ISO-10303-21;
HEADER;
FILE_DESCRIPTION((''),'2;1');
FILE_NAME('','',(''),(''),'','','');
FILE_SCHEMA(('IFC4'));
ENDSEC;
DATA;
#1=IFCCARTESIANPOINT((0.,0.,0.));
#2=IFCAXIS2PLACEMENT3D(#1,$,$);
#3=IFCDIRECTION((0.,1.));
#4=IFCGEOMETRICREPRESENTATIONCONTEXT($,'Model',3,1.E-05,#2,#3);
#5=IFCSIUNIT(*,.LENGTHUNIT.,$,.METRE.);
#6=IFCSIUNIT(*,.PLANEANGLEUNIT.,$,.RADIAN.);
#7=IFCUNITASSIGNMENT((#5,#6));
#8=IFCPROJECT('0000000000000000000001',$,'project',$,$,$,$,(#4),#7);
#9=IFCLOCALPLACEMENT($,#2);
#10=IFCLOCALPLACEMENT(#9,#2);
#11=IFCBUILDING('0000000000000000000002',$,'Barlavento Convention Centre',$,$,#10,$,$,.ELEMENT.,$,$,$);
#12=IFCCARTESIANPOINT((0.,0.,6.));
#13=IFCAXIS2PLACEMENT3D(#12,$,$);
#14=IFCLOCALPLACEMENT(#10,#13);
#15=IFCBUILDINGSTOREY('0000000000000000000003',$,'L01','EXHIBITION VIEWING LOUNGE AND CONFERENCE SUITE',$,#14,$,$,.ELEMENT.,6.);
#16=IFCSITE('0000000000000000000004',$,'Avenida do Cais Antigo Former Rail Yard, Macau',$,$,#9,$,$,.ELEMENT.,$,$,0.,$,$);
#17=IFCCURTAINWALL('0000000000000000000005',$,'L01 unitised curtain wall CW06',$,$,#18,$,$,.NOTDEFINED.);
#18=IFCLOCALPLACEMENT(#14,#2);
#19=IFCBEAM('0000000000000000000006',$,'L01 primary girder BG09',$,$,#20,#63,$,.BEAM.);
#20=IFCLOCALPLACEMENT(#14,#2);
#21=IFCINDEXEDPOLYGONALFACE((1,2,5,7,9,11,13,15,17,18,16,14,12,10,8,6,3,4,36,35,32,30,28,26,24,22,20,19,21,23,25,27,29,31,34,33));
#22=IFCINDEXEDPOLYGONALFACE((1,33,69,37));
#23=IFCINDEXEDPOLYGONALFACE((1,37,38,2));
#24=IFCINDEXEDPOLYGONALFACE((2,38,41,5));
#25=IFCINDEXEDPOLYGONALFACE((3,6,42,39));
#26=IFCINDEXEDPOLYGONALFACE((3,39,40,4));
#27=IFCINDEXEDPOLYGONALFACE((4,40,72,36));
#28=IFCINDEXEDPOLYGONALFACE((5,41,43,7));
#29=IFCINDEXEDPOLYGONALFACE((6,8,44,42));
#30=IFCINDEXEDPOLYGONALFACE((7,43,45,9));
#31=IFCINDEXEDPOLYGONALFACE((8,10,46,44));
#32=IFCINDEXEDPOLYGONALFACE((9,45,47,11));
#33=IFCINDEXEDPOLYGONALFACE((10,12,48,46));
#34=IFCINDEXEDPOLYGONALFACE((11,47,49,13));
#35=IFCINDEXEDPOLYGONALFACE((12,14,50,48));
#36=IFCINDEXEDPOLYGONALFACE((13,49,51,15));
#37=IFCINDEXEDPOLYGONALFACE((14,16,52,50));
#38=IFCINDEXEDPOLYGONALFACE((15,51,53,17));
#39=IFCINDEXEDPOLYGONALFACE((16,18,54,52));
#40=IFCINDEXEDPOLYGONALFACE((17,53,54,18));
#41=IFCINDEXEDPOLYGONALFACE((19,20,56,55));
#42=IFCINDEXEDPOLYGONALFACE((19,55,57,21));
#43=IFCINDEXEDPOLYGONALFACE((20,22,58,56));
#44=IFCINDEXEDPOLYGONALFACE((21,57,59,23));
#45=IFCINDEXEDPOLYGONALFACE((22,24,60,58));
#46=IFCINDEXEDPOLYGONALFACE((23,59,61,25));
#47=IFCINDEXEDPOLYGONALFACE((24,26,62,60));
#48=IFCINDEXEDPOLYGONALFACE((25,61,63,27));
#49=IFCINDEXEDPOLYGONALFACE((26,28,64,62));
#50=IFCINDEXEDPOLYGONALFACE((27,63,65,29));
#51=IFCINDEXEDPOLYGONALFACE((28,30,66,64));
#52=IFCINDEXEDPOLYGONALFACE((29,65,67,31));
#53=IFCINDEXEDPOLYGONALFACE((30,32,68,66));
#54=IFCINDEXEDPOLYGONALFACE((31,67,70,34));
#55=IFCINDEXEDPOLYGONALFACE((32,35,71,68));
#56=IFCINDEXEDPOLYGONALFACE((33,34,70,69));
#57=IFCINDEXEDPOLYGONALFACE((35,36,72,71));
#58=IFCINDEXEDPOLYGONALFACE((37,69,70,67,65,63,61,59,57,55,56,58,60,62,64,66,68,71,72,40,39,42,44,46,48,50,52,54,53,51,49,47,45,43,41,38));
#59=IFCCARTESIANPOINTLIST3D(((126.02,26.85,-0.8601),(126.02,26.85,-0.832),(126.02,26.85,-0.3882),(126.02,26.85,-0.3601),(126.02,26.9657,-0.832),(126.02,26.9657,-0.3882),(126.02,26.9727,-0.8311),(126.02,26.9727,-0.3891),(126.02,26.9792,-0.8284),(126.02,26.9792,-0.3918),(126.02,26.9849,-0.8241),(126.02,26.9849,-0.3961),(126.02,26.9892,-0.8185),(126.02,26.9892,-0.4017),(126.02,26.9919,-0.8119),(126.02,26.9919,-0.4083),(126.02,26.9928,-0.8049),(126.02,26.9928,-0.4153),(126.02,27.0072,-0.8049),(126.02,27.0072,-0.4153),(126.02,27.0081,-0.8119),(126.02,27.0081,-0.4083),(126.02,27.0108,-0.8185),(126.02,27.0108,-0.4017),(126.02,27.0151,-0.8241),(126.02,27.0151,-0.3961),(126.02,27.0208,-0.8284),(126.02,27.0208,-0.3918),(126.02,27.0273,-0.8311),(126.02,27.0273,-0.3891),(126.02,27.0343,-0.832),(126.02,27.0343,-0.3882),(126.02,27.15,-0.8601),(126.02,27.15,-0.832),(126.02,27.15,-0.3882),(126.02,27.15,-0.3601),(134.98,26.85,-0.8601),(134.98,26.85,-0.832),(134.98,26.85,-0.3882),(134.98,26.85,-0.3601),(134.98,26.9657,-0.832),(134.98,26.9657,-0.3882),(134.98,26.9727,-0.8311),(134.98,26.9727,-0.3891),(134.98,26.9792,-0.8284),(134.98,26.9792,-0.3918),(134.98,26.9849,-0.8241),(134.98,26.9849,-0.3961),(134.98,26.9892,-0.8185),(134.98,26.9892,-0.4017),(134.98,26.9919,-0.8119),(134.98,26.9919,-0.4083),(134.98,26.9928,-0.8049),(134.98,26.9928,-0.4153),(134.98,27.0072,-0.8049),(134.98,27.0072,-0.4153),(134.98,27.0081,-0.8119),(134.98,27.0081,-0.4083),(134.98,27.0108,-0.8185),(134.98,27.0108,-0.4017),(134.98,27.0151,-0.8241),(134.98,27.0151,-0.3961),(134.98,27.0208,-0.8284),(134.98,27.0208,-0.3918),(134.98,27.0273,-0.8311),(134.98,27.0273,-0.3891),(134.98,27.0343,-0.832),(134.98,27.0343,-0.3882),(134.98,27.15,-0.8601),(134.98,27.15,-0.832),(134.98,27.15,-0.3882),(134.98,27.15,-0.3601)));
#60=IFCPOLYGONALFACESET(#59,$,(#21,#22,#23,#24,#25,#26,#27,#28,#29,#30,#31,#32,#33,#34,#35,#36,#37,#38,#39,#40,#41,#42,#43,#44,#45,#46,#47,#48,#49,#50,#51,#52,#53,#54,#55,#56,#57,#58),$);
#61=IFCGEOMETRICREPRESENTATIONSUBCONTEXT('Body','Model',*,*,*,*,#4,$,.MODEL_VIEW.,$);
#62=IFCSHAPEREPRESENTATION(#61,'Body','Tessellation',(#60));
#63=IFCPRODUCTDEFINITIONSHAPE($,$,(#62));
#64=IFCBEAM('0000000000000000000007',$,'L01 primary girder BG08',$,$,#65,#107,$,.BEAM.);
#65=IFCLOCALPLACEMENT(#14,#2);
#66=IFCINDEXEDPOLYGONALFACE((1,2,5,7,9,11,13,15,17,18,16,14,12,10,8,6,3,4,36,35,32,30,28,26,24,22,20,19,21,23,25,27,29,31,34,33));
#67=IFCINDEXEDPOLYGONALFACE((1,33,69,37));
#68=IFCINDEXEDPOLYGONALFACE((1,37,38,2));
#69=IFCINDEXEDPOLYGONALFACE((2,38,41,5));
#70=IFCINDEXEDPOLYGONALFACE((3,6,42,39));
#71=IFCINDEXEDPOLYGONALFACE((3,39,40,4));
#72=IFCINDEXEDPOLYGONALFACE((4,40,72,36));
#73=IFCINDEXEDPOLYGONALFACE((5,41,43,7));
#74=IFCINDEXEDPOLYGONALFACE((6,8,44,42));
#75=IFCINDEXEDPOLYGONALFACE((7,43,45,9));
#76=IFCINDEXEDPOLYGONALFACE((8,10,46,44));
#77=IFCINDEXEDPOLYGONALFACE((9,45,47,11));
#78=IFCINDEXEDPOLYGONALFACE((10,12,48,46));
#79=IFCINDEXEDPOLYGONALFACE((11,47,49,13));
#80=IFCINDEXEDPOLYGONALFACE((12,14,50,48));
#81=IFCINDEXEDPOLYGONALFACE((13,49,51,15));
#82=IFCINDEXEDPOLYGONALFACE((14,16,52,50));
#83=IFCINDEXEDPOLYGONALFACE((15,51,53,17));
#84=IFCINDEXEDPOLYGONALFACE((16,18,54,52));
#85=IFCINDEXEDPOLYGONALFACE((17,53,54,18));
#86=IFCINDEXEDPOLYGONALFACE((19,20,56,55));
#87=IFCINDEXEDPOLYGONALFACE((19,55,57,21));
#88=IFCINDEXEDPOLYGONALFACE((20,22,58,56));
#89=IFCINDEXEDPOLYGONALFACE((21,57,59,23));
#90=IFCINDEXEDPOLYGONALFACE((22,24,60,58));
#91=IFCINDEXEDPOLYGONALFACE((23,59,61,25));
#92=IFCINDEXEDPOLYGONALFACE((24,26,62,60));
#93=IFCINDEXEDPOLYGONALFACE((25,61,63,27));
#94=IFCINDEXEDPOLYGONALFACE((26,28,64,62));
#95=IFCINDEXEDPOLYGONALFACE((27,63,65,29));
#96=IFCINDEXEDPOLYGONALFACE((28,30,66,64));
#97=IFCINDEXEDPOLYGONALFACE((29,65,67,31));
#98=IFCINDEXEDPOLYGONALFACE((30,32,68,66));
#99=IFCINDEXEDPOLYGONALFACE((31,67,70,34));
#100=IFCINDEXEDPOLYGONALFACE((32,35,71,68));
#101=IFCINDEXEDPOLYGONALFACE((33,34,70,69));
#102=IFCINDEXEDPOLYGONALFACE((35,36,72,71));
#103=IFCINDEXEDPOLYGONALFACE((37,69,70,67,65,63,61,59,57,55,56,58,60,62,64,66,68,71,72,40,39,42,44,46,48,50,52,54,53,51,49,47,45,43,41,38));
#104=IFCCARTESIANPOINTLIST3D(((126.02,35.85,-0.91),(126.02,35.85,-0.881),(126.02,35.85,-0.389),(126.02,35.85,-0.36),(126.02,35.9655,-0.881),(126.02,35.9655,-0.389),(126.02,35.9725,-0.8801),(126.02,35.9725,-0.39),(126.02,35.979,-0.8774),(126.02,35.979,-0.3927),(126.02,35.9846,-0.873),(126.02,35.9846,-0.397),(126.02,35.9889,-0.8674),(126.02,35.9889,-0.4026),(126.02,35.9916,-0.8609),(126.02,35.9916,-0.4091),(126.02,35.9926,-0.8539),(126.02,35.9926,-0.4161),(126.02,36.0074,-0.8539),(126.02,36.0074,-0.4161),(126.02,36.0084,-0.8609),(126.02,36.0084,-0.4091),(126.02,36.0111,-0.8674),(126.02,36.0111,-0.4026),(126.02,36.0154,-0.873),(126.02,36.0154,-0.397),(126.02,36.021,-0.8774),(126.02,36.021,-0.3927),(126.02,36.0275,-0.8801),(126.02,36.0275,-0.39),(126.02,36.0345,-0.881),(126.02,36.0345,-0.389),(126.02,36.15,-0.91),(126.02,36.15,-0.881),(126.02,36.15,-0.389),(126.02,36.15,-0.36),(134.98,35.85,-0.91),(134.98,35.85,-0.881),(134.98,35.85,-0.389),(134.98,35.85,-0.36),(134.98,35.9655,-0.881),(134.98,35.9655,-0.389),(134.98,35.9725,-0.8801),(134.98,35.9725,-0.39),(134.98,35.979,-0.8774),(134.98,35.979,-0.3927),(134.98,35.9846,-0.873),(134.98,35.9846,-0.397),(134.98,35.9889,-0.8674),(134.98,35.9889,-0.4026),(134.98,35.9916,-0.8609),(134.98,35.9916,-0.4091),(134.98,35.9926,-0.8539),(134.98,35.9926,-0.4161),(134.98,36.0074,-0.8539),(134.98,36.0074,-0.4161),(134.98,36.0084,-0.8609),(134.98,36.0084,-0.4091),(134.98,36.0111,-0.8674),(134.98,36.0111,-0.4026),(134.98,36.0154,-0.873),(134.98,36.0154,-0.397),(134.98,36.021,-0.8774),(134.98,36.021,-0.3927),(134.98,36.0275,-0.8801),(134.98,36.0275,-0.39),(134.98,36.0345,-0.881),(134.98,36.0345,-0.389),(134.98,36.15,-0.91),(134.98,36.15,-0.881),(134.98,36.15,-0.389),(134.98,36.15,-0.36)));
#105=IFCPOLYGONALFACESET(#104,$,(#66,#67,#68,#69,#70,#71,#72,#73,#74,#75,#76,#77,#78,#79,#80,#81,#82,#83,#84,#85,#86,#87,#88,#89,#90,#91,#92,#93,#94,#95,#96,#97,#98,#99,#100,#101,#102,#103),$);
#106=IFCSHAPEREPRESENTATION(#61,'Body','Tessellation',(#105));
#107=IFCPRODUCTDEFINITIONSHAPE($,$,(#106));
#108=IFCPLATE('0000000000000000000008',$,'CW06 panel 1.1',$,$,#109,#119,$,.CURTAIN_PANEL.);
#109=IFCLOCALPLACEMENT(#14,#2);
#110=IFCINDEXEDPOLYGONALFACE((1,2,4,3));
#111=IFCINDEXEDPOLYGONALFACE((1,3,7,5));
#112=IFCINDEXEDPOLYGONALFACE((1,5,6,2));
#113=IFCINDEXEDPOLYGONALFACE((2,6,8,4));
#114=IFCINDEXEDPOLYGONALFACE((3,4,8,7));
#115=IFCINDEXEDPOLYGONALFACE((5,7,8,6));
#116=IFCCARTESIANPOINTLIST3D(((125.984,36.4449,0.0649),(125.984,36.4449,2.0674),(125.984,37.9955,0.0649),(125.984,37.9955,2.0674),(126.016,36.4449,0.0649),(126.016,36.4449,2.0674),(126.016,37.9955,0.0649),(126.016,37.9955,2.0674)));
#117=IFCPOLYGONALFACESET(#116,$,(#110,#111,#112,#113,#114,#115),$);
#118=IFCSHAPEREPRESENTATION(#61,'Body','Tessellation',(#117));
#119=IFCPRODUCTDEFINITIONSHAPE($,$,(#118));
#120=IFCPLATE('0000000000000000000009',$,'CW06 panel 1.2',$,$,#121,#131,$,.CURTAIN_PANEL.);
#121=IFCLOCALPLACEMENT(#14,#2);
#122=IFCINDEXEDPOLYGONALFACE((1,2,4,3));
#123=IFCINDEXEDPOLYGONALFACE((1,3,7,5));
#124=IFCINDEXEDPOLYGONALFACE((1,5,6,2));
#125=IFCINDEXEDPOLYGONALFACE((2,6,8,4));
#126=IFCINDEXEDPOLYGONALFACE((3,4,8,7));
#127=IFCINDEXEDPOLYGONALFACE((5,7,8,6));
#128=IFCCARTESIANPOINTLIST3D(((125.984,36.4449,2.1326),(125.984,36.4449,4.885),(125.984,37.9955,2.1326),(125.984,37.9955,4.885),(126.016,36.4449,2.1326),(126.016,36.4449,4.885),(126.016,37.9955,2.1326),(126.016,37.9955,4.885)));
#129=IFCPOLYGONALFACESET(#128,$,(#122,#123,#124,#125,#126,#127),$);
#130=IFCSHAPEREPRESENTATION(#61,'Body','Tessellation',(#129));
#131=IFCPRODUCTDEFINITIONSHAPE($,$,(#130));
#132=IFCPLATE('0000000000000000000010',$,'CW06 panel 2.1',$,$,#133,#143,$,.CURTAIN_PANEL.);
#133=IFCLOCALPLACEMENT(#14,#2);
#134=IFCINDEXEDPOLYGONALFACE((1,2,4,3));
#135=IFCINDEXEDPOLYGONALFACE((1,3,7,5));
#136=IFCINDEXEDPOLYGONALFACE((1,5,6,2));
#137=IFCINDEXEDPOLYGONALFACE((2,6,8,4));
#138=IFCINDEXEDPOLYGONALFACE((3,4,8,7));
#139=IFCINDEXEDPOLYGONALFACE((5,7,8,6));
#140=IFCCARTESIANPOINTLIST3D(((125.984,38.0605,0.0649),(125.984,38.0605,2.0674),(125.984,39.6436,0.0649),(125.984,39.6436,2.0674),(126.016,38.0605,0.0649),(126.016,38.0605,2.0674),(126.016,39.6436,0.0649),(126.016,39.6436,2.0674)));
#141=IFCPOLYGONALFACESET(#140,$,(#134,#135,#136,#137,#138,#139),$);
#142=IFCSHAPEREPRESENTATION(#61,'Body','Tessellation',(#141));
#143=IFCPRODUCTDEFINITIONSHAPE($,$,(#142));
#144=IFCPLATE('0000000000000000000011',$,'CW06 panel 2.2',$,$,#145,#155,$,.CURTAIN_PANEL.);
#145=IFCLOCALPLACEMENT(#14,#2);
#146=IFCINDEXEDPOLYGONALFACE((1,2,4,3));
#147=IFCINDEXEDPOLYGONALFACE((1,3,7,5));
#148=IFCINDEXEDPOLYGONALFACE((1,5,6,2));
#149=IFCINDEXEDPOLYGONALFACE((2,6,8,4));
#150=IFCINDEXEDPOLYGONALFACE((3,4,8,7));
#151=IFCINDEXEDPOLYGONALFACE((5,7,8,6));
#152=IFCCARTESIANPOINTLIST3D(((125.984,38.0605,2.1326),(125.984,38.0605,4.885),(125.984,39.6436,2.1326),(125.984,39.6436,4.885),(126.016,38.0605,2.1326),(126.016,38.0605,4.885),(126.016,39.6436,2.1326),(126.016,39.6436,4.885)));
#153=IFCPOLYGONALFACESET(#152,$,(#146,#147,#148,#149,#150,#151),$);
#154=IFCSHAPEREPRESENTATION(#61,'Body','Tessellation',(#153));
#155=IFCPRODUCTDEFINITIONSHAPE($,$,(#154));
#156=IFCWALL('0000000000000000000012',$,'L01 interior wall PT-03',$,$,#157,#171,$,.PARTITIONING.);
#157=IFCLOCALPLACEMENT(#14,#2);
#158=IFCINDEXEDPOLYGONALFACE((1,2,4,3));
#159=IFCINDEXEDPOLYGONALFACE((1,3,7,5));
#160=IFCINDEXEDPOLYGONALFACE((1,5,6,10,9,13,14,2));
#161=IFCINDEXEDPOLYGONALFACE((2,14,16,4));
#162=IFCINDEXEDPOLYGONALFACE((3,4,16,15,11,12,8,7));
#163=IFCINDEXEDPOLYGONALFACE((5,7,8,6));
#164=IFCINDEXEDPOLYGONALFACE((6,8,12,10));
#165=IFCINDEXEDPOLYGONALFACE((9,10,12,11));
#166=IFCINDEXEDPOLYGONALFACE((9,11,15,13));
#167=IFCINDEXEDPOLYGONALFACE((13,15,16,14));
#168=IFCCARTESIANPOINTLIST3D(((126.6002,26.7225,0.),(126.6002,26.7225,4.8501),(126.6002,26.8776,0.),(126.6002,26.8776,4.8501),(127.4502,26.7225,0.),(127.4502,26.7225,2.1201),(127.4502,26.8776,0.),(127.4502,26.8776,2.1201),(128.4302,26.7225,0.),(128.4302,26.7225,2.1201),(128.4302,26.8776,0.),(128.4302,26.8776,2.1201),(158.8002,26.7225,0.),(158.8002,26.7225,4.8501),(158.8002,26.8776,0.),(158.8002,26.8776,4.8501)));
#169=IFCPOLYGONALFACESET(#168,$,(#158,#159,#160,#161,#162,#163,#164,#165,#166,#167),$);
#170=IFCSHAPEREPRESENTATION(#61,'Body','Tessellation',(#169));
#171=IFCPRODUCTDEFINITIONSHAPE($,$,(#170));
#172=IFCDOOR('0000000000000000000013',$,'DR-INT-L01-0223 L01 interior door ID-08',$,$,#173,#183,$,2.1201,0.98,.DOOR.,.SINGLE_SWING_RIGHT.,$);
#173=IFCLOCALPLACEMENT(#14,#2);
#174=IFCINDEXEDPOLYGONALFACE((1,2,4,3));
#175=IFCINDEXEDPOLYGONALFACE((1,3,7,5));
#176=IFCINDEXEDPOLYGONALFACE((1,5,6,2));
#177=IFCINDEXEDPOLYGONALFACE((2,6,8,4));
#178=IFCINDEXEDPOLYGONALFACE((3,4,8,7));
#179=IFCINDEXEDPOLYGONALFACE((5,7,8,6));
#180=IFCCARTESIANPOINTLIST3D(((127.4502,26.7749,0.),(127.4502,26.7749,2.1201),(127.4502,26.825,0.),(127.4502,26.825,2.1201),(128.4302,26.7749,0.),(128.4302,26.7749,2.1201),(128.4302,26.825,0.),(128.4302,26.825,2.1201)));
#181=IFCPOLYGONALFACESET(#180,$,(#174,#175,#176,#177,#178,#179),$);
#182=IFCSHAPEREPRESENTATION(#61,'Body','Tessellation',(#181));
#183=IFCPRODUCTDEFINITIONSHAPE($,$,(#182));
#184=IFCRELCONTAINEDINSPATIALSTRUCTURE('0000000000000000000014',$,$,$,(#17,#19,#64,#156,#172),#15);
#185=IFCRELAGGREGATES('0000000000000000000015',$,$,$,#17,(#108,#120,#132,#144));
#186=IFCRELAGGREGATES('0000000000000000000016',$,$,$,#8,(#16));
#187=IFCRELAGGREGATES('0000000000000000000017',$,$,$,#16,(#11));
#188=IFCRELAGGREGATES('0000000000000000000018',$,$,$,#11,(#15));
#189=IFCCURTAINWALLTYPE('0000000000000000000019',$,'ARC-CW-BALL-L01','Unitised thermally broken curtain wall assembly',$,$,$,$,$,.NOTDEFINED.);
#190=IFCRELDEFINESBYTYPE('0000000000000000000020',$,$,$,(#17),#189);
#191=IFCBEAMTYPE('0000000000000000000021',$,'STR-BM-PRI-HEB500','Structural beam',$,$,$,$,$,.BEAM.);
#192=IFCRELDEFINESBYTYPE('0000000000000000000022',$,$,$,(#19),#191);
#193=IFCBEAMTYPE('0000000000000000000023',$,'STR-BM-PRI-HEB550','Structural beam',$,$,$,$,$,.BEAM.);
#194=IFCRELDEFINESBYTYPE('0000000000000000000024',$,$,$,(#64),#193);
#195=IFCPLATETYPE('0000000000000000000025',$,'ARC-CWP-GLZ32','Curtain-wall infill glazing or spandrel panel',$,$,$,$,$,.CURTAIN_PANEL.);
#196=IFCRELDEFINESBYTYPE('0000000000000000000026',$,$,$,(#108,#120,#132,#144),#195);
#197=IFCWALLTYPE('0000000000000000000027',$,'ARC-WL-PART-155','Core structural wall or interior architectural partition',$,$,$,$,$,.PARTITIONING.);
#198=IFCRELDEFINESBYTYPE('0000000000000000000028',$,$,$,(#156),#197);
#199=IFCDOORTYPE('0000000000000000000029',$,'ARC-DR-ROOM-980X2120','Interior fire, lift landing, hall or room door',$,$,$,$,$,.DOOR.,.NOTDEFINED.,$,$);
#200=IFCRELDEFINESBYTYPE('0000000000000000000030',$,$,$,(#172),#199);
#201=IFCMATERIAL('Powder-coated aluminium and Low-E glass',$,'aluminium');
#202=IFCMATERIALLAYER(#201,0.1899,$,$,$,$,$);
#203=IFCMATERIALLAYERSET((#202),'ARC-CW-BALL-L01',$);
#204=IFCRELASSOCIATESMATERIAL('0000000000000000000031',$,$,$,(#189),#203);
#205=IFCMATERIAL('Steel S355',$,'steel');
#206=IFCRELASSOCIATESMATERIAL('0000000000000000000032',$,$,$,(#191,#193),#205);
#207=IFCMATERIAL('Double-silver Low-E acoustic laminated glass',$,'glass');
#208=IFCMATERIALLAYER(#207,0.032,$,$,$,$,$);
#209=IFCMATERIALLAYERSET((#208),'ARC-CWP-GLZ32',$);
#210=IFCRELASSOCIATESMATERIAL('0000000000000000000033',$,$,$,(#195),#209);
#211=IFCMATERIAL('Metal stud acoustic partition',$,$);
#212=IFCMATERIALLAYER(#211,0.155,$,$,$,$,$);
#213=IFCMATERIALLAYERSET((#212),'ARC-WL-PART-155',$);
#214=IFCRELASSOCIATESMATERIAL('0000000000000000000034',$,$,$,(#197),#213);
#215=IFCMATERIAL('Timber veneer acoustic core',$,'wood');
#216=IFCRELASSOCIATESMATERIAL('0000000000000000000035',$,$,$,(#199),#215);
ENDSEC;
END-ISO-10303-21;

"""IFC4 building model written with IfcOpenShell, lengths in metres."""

from ifc_helpers import new_model, si_unit, direction, frame, frame_2d, origin, origin_2d, place, context, subcontext, project, spatial, rectangle, i_section, extrude, material, layer, layer_set, material_profile, profile_set, type_object, element, fill, aggregate, save


model = new_model("IFC4")

# Units and contexts
model_context = context("Model", 3, precision=1e-05, world=origin(), true_north=direction((0.0, 1.0)))
body_context = subcontext(model_context, "Body", "Model", "MODEL_VIEW")
ifc_project = project(units=[si_unit("LENGTHUNIT", "METRE"), si_unit("PLANEANGLEUNIT", "RADIAN")], contexts=[model_context])

# Site, building, storey
site_placement = place(None, origin())
site = spatial("IfcSite", under=ifc_project, at=site_placement, Name="Avenida do Cais Antigo Former Rail Yard, Macau", CompositionType="ELEMENT", RefElevation=0.0)
building_placement = place(site_placement, origin())
building = spatial("IfcBuilding", under=site, at=building_placement, Name="Barlavento Convention Centre", CompositionType="ELEMENT")
storey_placement = place(building_placement, frame((0.0, 0.0, 6.0)))
storey = spatial("IfcBuildingStorey", under=building, at=storey_placement, Name="L01", Description="EXHIBITION VIEWING LOUNGE AND CONFERENCE SUITE", CompositionType="ELEMENT", Elevation=6.0)

# Curtain wall
ifc_material_1 = material(Name="Powder-coated aluminium and Low-E glass", Category="aluminium")
ifc_layer_1 = layer(ifc_material_1, 0.1899)
ifc_layer_set_1 = layer_set([ifc_layer_1], Name="ARC-CW-BALL-L01")
curtain_wall_type = type_object("IfcCurtainWallType", Name="ARC-CW-BALL-L01", Description="Unitised thermally broken curtain wall assembly", PredefinedType="NOTDEFINED", material=ifc_layer_set_1)
curtain_wall_placement = place(storey_placement, origin())
curtain_wall = element("IfcCurtainWall", 1, at=curtain_wall_placement, inside=storey, type_object=curtain_wall_type, Name="L01 unitised curtain wall CW06", PredefinedType="NOTDEFINED")

# Beams
ifc_material_2 = material(Name="Steel S355", Category="steel")
ifc_material_profile_1 = material_profile(ifc_material_2, i_section(OverallWidth=0.3, OverallDepth=0.5, WebThickness=0.0144, FlangeThickness=0.0281, FilletRadius=0.0271, at=origin_2d()), Name="HEB 500")
ifc_profile_set_1 = profile_set([ifc_material_profile_1], Name="Steel S355")
beam_type_1 = type_object("IfcBeamType", Name="STR-BM-PRI-HEB500", Description="Structural beam", PredefinedType="BEAM", material=ifc_profile_set_1)
beam_1_placement = place(storey_placement, frame((126.02, 27.0, -0.6101), z_axis=(1.0, 0.0, 0.0), x_axis=(0.0, 1.0, 0.0)))
element("IfcBeam", 2, at=beam_1_placement, inside=storey, type_object=beam_type_1, Name="L01 primary girder BG09", PredefinedType="BEAM", context=body_context, shape_type="SweptSolid", body=[
    extrude(i_section(OverallWidth=0.3, OverallDepth=0.5, WebThickness=0.0144, FlangeThickness=0.0281, FilletRadius=0.0271, at=origin_2d()), origin(), (0.0, 0.0, 1.0), 8.96),
])
ifc_material_profile_2 = material_profile(ifc_material_2, i_section(OverallWidth=0.3, OverallDepth=0.55, WebThickness=0.0149, FlangeThickness=0.0291, FilletRadius=0.0271, at=origin_2d()), Name="HEB 550")
ifc_profile_set_2 = profile_set([ifc_material_profile_2], Name="Steel S355")
beam_type_2 = type_object("IfcBeamType", Name="STR-BM-PRI-HEB550", Description="Structural beam", PredefinedType="BEAM", material=ifc_profile_set_2)
beam_2_placement = place(storey_placement, frame((126.02, 36.0, -0.635), z_axis=(1.0, 0.0, 0.0), x_axis=(0.0, 1.0, 0.0)))
element("IfcBeam", 3, at=beam_2_placement, inside=storey, type_object=beam_type_2, Name="L01 primary girder BG08", PredefinedType="BEAM", context=body_context, shape_type="SweptSolid", body=[
    extrude(i_section(OverallWidth=0.3, OverallDepth=0.55, WebThickness=0.0149, FlangeThickness=0.0291, FilletRadius=0.0271, at=origin_2d()), origin(), (0.0, 0.0, 1.0), 8.96),
])

# Plates
ifc_material_3 = material(Name="Double-silver Low-E acoustic laminated glass", Category="glass")
ifc_layer_2 = layer(ifc_material_3, 0.032)
ifc_layer_set_2 = layer_set([ifc_layer_2], Name="ARC-CWP-GLZ32")
plate_type = type_object("IfcPlateType", Name="ARC-CWP-GLZ32", Description="Curtain-wall infill glazing or spandrel panel", PredefinedType="CURTAIN_PANEL", material=ifc_layer_set_2)
plate_1_placement = place(storey_placement, frame((126.0, 37.2202, 0.0649), z_axis=(0.0, 0.0, 1.0), x_axis=(0.0, 1.0, 0.0)))
plate_1 = element("IfcPlate", 4, at=plate_1_placement, type_object=plate_type, Name="CW06 panel 1.1", PredefinedType="CURTAIN_PANEL", context=body_context, shape_type="SweptSolid", body=[
    extrude(rectangle(XDim=1.5505, YDim=0.032, at=origin_2d()), origin(), (0.0, 0.0, 1.0), 2.0024),
])
plate_2_placement = place(storey_placement, frame((126.0, 37.2202, 2.1326), z_axis=(0.0, 0.0, 1.0), x_axis=(0.0, 1.0, 0.0)))
plate_2 = element("IfcPlate", 5, at=plate_2_placement, type_object=plate_type, Name="CW06 panel 1.2", PredefinedType="CURTAIN_PANEL", context=body_context, shape_type="SweptSolid", body=[
    extrude(rectangle(XDim=1.5505, YDim=0.032, at=origin_2d()), origin(), (0.0, 0.0, 1.0), 2.7524),
])
plate_3_placement = place(storey_placement, frame((126.0, 38.8521, 0.0649), z_axis=(0.0, 0.0, 1.0), x_axis=(0.0, 1.0, 0.0)))
plate_3 = element("IfcPlate", 6, at=plate_3_placement, type_object=plate_type, Name="CW06 panel 2.1", PredefinedType="CURTAIN_PANEL", context=body_context, shape_type="SweptSolid", body=[
    extrude(rectangle(XDim=1.583, YDim=0.032, at=origin_2d()), origin(), (0.0, 0.0, 1.0), 2.0024),
])
plate_4_placement = place(storey_placement, frame((126.0, 38.8521, 2.1326), z_axis=(0.0, 0.0, 1.0), x_axis=(0.0, 1.0, 0.0)))
plate_4 = element("IfcPlate", 7, at=plate_4_placement, type_object=plate_type, Name="CW06 panel 2.2", PredefinedType="CURTAIN_PANEL", context=body_context, shape_type="SweptSolid", body=[
    extrude(rectangle(XDim=1.583, YDim=0.032, at=origin_2d()), origin(), (0.0, 0.0, 1.0), 2.7524),
])
aggregate(curtain_wall, [plate_1, plate_2, plate_3, plate_4])

# Wall, opening, door
ifc_material_4 = material(Name="Metal stud acoustic partition")
ifc_layer_3 = layer(ifc_material_4, 0.155)
ifc_layer_set_3 = layer_set([ifc_layer_3], Name="ARC-WL-PART-155")
wall_type = type_object("IfcWallType", Name="ARC-WL-PART-155", Description="Core structural wall or interior architectural partition", PredefinedType="PARTITIONING", material=ifc_layer_set_3)
wall_placement = place(storey_placement, frame((126.6001, 26.8, 0.0), z_axis=(0.0, 0.0, 1.0), x_axis=(1.0, 0.0, 0.0)))
wall = element("IfcWall", 8, at=wall_placement, inside=storey, type_object=wall_type, Name="L01 interior wall PT-03", PredefinedType="PARTITIONING", context=body_context, shape_type="SweptSolid", body=[
    extrude(rectangle(XDim=32.2, YDim=0.155, at=frame_2d((16.1001, 0.0))), origin(), (0.0, 0.0, 1.0), 4.8501),
])
opening_placement = place(wall_placement, frame((0.8501, 0.0, 0.0)))
opening = element("IfcOpeningElement", 9, at=opening_placement, cuts=wall, PredefinedType="OPENING", context=body_context, shape_type="SweptSolid", body=[
    extrude(rectangle(XDim=0.98, YDim=2.1201, at=frame_2d((0.49, 1.0601))), frame((0.0, 0.0874, 0.0), z_axis=(0.0, -1.0, 0.0), x_axis=(1.0, 0.0, 0.0)), (0.0, 0.0, 1.0), 0.175),
])
ifc_material_5 = material(Name="Timber veneer acoustic core", Category="wood")
door_type = type_object("IfcDoorType", Name="ARC-DR-ROOM-980X2120", Description="Interior fire, lift landing, hall or room door", OperationType="NOTDEFINED", PredefinedType="DOOR", material=ifc_material_5)
door_placement = place(opening_placement, origin())
door = element("IfcDoor", 10, at=door_placement, inside=storey, type_object=door_type, Name="DR-INT-L01-0223 L01 interior door ID-08", OperationType="SINGLE_SWING_RIGHT", OverallHeight=2.1201, OverallWidth=0.98, PredefinedType="DOOR", context=body_context, shape_type="SweptSolid", body=[
    extrude(rectangle(XDim=0.98, YDim=2.1201, at=frame_2d((0.49, 1.0601))), frame((0.0, 0.0249, 0.0), z_axis=(0.0, -1.0, 0.0), x_axis=(1.0, 0.0, 0.0)), (0.0, 0.0, 1.0), 0.05),
])
fill(opening, door)

save(model, "model.ifc")
